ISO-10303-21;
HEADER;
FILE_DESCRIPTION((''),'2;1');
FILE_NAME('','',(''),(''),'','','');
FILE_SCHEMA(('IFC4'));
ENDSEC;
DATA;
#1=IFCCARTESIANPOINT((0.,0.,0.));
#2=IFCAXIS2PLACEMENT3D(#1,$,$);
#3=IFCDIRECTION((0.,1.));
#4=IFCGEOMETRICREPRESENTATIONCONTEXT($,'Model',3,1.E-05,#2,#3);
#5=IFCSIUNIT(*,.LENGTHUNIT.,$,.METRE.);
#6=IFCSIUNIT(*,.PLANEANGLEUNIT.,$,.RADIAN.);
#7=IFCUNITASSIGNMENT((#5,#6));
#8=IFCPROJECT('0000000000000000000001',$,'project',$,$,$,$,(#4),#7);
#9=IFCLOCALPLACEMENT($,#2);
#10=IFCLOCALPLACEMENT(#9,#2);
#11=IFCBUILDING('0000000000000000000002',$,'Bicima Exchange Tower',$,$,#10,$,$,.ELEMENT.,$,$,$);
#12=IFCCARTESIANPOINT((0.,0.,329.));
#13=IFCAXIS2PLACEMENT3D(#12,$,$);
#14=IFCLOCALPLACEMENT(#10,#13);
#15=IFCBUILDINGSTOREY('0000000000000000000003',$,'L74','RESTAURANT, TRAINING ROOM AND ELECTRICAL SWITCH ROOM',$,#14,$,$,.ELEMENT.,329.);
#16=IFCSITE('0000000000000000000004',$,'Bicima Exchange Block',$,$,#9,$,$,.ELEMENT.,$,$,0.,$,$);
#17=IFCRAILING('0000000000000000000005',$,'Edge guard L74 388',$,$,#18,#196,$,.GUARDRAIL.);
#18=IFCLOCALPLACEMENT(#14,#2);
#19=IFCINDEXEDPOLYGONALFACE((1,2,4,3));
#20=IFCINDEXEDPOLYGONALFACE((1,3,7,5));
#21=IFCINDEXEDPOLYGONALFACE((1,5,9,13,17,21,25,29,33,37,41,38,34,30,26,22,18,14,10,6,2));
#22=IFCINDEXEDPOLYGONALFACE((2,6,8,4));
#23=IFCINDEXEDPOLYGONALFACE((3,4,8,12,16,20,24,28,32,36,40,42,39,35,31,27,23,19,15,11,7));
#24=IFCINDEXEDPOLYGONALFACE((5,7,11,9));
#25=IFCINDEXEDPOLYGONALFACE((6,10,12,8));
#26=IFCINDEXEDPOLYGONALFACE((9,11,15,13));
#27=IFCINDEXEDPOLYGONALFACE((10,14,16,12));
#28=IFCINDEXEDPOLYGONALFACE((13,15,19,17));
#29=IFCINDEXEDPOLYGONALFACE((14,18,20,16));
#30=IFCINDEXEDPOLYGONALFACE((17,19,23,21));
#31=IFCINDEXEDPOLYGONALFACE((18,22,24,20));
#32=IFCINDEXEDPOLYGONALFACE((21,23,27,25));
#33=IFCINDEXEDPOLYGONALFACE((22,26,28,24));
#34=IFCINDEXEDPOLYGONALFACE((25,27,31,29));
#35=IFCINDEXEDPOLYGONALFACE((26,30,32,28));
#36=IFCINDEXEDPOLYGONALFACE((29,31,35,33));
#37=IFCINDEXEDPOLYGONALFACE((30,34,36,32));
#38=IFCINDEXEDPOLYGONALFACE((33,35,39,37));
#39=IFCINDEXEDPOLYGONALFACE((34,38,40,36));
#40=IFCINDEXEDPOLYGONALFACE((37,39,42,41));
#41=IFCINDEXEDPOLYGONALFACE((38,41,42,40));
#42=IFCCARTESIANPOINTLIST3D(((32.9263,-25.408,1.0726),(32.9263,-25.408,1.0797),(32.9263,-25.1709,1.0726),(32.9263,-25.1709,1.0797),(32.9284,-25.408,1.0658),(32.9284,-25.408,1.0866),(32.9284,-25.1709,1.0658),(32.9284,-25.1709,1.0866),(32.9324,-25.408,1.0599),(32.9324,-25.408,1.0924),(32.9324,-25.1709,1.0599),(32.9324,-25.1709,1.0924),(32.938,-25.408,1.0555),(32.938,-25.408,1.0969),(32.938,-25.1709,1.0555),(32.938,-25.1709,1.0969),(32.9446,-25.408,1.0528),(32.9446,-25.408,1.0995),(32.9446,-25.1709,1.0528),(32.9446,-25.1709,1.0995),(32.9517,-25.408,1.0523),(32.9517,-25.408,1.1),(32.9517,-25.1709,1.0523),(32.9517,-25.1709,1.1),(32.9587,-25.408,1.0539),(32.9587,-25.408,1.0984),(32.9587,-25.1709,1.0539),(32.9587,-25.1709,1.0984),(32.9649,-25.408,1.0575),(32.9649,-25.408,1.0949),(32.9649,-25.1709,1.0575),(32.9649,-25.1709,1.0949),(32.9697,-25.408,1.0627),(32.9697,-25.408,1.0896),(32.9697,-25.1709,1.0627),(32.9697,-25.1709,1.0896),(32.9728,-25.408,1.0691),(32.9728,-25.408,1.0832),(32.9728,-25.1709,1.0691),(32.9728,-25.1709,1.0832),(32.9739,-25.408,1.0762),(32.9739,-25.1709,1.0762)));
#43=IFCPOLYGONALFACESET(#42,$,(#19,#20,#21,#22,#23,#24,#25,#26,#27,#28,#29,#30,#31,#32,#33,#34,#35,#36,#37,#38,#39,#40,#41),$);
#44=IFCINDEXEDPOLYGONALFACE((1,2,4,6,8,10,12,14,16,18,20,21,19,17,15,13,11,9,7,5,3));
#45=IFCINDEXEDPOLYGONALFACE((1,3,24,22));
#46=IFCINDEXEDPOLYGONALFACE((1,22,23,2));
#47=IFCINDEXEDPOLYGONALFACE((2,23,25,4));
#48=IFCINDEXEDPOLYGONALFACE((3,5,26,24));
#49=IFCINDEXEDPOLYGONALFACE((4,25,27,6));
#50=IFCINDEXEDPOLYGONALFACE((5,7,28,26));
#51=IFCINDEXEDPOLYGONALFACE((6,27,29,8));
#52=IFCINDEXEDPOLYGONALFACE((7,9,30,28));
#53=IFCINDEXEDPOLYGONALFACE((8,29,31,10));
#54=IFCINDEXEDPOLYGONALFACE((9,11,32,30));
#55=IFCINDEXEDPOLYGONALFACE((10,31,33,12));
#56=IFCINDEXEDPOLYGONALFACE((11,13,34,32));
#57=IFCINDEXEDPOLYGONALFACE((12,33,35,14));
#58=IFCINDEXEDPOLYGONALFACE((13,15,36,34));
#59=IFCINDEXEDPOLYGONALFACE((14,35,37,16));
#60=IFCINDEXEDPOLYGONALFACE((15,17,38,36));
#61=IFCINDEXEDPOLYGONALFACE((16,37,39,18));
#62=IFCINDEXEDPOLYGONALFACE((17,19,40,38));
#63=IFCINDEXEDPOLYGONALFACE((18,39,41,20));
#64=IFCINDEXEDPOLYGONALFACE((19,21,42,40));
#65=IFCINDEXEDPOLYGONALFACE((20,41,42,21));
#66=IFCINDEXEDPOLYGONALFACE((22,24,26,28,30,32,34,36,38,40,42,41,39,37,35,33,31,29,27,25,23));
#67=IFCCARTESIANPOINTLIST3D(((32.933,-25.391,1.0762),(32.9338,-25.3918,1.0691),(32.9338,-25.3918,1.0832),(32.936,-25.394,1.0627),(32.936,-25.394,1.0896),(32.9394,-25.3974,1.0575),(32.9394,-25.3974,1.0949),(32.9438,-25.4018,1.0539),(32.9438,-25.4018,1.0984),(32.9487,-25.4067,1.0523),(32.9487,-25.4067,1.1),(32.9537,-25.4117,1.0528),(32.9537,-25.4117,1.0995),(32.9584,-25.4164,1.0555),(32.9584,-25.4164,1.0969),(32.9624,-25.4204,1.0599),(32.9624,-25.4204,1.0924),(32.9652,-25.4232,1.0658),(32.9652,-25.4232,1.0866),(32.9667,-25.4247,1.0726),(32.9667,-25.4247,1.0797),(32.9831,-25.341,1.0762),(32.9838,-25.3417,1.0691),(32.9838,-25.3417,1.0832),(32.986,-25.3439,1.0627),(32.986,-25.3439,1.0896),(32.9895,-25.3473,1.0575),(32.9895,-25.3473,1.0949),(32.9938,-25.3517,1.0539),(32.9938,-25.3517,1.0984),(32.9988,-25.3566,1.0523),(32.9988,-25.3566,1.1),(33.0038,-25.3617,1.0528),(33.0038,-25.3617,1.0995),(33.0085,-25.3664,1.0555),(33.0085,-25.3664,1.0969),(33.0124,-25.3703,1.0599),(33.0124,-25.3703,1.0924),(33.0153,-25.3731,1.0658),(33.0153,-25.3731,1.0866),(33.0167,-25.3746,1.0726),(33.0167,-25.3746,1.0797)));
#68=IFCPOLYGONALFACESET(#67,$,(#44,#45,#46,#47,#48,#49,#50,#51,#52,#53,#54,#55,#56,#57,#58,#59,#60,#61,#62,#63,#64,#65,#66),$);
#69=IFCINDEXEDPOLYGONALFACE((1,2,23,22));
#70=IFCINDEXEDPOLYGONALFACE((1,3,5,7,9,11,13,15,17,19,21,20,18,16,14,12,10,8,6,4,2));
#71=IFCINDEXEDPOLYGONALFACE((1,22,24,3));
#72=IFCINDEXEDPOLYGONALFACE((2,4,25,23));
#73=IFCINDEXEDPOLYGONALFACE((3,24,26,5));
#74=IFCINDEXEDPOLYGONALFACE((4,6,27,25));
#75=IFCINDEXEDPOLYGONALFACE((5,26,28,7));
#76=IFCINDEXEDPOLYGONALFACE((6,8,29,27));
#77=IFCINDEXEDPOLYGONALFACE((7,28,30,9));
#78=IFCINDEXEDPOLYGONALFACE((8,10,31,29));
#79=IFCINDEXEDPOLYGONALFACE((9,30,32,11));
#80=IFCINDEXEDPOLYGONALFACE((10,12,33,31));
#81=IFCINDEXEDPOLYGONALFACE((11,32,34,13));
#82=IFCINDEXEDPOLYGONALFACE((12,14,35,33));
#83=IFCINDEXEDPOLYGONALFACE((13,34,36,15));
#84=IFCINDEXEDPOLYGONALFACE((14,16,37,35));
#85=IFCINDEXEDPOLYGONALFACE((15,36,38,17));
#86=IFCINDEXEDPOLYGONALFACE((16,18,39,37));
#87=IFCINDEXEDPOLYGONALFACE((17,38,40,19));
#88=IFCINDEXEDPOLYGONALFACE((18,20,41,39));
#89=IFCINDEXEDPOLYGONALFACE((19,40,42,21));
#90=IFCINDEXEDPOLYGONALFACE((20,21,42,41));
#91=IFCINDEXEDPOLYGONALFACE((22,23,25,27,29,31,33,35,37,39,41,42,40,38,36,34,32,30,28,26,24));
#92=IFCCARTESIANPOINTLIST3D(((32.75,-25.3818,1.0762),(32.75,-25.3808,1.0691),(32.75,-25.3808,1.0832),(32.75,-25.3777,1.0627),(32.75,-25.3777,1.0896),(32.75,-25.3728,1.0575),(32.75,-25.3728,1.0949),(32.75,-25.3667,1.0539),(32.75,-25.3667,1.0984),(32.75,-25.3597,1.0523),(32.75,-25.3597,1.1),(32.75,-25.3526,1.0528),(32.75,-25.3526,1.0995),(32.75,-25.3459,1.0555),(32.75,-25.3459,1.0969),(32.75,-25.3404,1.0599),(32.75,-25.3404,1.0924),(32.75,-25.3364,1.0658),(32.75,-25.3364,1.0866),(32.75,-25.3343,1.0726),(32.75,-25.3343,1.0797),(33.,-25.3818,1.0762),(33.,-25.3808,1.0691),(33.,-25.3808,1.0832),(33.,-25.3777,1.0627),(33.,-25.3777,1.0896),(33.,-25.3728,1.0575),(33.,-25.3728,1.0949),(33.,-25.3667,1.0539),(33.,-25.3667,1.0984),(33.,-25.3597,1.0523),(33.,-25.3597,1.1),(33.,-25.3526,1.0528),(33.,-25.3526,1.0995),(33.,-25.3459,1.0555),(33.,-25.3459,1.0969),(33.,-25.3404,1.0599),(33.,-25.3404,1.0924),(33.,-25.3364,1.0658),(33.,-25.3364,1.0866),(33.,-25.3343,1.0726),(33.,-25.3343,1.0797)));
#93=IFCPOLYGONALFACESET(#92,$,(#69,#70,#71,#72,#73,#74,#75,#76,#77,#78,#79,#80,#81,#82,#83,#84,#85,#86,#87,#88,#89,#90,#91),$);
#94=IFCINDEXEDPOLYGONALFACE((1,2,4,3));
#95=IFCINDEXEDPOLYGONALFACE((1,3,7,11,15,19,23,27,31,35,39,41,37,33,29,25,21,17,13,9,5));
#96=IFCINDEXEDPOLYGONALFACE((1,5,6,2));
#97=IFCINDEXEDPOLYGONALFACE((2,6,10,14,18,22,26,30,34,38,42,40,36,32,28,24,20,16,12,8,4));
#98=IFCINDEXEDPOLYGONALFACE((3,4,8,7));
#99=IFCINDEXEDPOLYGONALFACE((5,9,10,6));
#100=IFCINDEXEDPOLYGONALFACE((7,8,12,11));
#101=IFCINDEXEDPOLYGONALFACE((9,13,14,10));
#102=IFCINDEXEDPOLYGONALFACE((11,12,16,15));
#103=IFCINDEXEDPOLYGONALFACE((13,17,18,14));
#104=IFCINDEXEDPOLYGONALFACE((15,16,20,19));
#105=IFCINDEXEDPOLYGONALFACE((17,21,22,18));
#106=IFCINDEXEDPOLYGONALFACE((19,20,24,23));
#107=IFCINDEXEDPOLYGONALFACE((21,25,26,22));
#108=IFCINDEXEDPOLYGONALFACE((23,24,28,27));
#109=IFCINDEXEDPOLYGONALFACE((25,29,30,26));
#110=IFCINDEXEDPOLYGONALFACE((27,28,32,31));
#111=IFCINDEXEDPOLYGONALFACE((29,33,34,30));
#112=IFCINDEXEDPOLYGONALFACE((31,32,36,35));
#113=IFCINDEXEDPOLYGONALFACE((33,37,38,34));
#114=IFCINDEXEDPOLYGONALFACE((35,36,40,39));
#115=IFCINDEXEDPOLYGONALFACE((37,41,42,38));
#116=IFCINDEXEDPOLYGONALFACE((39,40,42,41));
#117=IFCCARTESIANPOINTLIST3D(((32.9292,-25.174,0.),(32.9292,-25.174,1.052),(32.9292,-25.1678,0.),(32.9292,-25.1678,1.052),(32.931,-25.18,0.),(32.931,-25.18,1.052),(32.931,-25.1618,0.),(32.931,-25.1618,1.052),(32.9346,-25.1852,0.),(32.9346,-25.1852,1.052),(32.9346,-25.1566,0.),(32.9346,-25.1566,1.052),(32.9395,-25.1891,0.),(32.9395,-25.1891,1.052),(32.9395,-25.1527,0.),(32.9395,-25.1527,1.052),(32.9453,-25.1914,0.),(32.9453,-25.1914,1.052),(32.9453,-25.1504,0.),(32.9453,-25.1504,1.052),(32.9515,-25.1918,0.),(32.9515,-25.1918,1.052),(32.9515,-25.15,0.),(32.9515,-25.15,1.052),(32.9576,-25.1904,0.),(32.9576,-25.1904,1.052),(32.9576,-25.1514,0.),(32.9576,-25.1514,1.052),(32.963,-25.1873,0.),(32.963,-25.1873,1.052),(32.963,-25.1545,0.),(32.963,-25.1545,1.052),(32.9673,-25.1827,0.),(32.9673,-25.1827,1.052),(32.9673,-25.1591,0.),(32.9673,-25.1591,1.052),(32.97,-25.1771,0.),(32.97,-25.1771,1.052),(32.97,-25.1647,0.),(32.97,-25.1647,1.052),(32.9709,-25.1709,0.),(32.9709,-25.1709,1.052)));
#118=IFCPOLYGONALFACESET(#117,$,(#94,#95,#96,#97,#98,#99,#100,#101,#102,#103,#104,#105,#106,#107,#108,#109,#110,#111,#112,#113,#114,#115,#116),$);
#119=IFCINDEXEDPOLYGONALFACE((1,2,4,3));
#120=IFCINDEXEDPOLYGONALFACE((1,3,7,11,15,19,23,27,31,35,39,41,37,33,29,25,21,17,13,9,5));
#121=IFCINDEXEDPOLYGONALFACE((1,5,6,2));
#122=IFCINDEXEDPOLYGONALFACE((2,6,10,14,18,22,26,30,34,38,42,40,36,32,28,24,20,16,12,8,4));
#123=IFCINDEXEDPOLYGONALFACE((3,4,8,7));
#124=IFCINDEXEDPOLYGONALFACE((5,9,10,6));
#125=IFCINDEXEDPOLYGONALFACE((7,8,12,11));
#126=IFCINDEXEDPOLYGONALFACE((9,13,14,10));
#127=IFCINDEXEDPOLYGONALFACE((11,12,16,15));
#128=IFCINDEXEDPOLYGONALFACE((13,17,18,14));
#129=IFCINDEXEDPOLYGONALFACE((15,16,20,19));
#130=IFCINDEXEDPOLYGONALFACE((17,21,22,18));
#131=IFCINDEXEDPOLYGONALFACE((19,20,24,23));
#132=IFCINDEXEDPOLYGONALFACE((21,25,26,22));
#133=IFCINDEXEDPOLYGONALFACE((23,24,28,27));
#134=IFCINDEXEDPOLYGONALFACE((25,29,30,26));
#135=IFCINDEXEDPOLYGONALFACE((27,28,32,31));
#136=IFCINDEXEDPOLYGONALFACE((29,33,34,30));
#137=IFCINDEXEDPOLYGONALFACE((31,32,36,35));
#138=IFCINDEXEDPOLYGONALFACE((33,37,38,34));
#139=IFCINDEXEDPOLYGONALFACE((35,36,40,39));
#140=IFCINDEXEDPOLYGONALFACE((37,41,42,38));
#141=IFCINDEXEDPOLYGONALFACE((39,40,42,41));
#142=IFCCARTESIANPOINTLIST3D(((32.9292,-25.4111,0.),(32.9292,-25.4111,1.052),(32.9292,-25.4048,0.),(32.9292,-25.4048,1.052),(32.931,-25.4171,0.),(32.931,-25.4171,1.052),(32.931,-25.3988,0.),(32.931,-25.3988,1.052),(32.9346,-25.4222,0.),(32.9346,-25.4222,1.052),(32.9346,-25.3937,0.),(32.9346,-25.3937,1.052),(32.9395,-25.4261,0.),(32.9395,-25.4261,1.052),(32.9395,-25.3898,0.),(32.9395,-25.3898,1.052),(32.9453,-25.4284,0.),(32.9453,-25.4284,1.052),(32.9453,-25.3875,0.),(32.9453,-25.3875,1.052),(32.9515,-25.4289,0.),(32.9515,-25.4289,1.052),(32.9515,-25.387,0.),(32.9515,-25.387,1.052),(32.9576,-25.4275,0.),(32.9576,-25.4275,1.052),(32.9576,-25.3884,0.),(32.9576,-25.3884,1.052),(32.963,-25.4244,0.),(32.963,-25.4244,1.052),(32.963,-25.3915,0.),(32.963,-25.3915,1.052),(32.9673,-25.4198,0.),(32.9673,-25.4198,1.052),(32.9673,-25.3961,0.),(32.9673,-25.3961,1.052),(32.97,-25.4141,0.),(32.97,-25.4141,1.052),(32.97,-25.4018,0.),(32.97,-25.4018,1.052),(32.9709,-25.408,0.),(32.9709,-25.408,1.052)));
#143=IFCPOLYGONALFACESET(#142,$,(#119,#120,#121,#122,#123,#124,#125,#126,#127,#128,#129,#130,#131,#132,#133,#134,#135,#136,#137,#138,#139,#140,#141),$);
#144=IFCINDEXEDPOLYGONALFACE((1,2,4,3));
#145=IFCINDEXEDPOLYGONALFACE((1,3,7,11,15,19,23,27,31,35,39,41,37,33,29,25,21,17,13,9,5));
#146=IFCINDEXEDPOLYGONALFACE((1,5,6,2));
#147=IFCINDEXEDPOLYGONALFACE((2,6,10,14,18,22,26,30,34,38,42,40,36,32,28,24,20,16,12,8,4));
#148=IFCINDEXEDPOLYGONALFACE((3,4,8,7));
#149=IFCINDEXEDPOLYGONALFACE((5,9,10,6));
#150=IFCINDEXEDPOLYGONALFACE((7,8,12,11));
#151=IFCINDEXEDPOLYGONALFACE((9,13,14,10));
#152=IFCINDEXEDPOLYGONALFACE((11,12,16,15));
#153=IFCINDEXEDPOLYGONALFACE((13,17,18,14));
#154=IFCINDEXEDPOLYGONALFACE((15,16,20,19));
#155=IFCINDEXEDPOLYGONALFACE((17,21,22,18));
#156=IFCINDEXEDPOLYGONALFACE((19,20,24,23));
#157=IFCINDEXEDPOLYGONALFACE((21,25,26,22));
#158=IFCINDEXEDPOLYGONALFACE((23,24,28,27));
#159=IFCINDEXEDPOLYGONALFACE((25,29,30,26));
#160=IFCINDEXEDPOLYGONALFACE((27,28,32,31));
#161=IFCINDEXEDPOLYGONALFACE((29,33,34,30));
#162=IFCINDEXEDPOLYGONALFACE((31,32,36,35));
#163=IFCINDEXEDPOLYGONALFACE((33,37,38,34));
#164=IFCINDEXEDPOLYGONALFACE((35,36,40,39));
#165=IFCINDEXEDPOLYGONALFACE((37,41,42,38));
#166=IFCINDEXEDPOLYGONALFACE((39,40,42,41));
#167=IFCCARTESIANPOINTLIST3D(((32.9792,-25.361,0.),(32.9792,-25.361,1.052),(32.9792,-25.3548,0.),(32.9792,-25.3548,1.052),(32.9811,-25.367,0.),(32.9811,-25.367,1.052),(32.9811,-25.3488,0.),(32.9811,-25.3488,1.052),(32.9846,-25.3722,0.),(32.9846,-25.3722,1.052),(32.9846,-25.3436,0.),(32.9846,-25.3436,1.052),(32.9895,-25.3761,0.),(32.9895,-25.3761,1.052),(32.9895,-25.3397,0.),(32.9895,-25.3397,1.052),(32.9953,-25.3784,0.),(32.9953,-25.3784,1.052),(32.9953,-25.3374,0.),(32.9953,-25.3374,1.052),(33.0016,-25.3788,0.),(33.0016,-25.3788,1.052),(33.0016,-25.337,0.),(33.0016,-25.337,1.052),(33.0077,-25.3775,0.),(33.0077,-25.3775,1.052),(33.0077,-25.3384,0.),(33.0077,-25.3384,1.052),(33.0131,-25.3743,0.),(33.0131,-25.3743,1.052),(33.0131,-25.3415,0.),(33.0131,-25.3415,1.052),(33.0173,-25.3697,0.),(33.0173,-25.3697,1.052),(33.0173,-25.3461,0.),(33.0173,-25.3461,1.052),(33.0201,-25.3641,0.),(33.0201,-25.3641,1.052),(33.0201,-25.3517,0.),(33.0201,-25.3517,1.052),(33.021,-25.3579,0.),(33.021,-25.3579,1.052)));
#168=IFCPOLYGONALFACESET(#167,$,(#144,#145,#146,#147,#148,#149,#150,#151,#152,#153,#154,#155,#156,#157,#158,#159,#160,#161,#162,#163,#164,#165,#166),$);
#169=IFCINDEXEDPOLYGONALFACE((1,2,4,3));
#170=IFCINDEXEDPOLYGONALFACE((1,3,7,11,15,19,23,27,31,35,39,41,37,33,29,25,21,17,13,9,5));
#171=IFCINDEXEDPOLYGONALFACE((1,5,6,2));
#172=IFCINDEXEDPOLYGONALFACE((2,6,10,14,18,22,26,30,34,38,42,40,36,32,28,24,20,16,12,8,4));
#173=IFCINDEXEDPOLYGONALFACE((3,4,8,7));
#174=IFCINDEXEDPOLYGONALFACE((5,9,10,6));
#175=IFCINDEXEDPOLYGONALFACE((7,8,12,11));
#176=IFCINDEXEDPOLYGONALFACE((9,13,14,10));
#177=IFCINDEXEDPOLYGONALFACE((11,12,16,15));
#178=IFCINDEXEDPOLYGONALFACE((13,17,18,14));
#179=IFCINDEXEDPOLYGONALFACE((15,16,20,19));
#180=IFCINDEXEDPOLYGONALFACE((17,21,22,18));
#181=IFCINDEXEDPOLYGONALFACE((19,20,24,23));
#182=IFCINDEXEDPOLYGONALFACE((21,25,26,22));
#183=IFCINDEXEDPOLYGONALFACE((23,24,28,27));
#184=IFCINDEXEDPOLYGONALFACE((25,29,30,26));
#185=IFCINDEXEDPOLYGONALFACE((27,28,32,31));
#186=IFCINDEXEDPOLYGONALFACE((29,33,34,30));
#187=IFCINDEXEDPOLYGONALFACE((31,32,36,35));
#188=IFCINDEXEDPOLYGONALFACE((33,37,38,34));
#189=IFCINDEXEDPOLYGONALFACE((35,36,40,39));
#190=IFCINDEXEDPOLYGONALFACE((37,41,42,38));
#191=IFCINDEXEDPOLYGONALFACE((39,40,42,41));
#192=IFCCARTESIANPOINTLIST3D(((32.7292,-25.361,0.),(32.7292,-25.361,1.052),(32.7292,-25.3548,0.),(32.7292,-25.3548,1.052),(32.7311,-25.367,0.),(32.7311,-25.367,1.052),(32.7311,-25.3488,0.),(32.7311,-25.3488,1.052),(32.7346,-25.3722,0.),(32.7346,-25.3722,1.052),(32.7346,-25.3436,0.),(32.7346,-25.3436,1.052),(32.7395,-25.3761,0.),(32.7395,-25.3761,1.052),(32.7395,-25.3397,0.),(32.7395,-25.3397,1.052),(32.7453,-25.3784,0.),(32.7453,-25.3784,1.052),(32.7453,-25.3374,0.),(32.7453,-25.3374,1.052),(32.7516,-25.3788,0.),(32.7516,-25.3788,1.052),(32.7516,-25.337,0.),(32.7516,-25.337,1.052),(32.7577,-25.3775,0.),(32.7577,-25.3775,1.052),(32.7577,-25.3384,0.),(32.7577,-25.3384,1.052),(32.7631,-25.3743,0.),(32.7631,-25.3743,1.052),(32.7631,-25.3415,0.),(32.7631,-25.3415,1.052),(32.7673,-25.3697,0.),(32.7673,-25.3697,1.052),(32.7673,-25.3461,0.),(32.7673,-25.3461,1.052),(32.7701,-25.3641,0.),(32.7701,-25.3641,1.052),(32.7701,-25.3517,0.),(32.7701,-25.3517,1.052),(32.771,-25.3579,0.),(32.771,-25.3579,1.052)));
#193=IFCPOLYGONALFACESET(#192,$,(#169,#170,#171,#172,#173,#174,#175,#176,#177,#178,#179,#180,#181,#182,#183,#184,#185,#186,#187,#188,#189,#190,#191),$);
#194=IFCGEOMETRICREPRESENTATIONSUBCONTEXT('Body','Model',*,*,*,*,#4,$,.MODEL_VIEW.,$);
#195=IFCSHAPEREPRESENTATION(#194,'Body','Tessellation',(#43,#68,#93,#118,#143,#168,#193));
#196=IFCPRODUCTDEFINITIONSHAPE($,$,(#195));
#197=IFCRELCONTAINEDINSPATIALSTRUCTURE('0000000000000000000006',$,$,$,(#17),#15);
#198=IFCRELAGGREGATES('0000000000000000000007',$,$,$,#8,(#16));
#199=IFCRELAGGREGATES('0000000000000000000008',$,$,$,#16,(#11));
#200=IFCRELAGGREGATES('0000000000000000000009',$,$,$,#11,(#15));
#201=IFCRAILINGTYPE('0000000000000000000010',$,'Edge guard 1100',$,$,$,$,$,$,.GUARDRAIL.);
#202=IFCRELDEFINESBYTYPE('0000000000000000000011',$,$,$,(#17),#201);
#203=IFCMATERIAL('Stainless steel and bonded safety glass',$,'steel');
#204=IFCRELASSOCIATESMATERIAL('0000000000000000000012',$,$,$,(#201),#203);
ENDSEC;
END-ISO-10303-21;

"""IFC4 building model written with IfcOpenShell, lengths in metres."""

from ifc_helpers import new_model, si_unit, direction, frame, origin, origin_2d, place, context, subcontext, project, spatial, circle, extrude, material, type_object, element, save


model = new_model("IFC4")

# Units and contexts
model_context = context("Model", 3, precision=1e-05, world=origin(), true_north=direction((0.0, 1.0)))
body_context = subcontext(model_context, "Body", "Model", "MODEL_VIEW")
ifc_project = project(units=[si_unit("LENGTHUNIT", "METRE"), si_unit("PLANEANGLEUNIT", "RADIAN")], contexts=[model_context])

# Site, building, storey
site_placement = place(None, origin())
site = spatial("IfcSite", under=ifc_project, at=site_placement, Name="Bicima Exchange Block", CompositionType="ELEMENT", RefElevation=0.0)
building_placement = place(site_placement, origin())
building = spatial("IfcBuilding", under=site, at=building_placement, Name="Bicima Exchange Tower", CompositionType="ELEMENT")
storey_placement = place(building_placement, frame((0.0, 0.0, 329.0)))
storey = spatial("IfcBuildingStorey", under=building, at=storey_placement, Name="L74", Description="RESTAURANT, TRAINING ROOM AND ELECTRICAL SWITCH ROOM", CompositionType="ELEMENT", Elevation=329.0)

# Railing
ifc_material_1 = material(Name="Stainless steel and bonded safety glass", Category="steel")
railing_type = type_object("IfcRailingType", Name="Edge guard 1100", PredefinedType="GUARDRAIL", material=ifc_material_1)
railing_1_placement = place(storey_placement, frame((32.95, -25.1709, 0.0)))
element("IfcRailing", 1, at=railing_1_placement, inside=storey, type_object=railing_type, Name="Edge guard L74 388", PredefinedType="GUARDRAIL", context=body_context, shape_type="SweptSolid", body=[
    extrude(circle(Radius=0.0239, at=origin_2d()), frame((0.0, 0.0, 1.0762), z_axis=(0.0, -1.0, 0.0), x_axis=(1.0, 0.0, 0.0)), (0.0, 0.0, 1.0), 0.2371),
    extrude(circle(Radius=0.0239, at=origin_2d()), frame((0.0, -0.2371, 1.0762), z_axis=(0.707107, 0.707107, 0.0), x_axis=(-0.707107, 0.707107, 0.0)), (0.0, 0.0, 1.0), 0.0708),
    extrude(circle(Radius=0.0239, at=origin_2d()), frame((0.05, -0.187, 1.0762), z_axis=(-1.0, 0.0, 0.0), x_axis=(0.0, -1.0, 0.0)), (0.0, 0.0, 1.0), 0.25),
    extrude(circle(Radius=0.021, at=origin_2d()), origin(), (0.0, 0.0, 1.0), 1.052),
    extrude(circle(Radius=0.021, at=origin_2d()), frame((0.0, -0.2371, 0.0)), (0.0, 0.0, 1.0), 1.052),
    extrude(circle(Radius=0.021, at=origin_2d()), frame((0.05, -0.187, 0.0)), (0.0, 0.0, 1.0), 1.052),
    extrude(circle(Radius=0.021, at=origin_2d()), frame((-0.2, -0.187, 0.0)), (0.0, 0.0, 1.0), 1.052),
])

save(model, "model.ifc")
